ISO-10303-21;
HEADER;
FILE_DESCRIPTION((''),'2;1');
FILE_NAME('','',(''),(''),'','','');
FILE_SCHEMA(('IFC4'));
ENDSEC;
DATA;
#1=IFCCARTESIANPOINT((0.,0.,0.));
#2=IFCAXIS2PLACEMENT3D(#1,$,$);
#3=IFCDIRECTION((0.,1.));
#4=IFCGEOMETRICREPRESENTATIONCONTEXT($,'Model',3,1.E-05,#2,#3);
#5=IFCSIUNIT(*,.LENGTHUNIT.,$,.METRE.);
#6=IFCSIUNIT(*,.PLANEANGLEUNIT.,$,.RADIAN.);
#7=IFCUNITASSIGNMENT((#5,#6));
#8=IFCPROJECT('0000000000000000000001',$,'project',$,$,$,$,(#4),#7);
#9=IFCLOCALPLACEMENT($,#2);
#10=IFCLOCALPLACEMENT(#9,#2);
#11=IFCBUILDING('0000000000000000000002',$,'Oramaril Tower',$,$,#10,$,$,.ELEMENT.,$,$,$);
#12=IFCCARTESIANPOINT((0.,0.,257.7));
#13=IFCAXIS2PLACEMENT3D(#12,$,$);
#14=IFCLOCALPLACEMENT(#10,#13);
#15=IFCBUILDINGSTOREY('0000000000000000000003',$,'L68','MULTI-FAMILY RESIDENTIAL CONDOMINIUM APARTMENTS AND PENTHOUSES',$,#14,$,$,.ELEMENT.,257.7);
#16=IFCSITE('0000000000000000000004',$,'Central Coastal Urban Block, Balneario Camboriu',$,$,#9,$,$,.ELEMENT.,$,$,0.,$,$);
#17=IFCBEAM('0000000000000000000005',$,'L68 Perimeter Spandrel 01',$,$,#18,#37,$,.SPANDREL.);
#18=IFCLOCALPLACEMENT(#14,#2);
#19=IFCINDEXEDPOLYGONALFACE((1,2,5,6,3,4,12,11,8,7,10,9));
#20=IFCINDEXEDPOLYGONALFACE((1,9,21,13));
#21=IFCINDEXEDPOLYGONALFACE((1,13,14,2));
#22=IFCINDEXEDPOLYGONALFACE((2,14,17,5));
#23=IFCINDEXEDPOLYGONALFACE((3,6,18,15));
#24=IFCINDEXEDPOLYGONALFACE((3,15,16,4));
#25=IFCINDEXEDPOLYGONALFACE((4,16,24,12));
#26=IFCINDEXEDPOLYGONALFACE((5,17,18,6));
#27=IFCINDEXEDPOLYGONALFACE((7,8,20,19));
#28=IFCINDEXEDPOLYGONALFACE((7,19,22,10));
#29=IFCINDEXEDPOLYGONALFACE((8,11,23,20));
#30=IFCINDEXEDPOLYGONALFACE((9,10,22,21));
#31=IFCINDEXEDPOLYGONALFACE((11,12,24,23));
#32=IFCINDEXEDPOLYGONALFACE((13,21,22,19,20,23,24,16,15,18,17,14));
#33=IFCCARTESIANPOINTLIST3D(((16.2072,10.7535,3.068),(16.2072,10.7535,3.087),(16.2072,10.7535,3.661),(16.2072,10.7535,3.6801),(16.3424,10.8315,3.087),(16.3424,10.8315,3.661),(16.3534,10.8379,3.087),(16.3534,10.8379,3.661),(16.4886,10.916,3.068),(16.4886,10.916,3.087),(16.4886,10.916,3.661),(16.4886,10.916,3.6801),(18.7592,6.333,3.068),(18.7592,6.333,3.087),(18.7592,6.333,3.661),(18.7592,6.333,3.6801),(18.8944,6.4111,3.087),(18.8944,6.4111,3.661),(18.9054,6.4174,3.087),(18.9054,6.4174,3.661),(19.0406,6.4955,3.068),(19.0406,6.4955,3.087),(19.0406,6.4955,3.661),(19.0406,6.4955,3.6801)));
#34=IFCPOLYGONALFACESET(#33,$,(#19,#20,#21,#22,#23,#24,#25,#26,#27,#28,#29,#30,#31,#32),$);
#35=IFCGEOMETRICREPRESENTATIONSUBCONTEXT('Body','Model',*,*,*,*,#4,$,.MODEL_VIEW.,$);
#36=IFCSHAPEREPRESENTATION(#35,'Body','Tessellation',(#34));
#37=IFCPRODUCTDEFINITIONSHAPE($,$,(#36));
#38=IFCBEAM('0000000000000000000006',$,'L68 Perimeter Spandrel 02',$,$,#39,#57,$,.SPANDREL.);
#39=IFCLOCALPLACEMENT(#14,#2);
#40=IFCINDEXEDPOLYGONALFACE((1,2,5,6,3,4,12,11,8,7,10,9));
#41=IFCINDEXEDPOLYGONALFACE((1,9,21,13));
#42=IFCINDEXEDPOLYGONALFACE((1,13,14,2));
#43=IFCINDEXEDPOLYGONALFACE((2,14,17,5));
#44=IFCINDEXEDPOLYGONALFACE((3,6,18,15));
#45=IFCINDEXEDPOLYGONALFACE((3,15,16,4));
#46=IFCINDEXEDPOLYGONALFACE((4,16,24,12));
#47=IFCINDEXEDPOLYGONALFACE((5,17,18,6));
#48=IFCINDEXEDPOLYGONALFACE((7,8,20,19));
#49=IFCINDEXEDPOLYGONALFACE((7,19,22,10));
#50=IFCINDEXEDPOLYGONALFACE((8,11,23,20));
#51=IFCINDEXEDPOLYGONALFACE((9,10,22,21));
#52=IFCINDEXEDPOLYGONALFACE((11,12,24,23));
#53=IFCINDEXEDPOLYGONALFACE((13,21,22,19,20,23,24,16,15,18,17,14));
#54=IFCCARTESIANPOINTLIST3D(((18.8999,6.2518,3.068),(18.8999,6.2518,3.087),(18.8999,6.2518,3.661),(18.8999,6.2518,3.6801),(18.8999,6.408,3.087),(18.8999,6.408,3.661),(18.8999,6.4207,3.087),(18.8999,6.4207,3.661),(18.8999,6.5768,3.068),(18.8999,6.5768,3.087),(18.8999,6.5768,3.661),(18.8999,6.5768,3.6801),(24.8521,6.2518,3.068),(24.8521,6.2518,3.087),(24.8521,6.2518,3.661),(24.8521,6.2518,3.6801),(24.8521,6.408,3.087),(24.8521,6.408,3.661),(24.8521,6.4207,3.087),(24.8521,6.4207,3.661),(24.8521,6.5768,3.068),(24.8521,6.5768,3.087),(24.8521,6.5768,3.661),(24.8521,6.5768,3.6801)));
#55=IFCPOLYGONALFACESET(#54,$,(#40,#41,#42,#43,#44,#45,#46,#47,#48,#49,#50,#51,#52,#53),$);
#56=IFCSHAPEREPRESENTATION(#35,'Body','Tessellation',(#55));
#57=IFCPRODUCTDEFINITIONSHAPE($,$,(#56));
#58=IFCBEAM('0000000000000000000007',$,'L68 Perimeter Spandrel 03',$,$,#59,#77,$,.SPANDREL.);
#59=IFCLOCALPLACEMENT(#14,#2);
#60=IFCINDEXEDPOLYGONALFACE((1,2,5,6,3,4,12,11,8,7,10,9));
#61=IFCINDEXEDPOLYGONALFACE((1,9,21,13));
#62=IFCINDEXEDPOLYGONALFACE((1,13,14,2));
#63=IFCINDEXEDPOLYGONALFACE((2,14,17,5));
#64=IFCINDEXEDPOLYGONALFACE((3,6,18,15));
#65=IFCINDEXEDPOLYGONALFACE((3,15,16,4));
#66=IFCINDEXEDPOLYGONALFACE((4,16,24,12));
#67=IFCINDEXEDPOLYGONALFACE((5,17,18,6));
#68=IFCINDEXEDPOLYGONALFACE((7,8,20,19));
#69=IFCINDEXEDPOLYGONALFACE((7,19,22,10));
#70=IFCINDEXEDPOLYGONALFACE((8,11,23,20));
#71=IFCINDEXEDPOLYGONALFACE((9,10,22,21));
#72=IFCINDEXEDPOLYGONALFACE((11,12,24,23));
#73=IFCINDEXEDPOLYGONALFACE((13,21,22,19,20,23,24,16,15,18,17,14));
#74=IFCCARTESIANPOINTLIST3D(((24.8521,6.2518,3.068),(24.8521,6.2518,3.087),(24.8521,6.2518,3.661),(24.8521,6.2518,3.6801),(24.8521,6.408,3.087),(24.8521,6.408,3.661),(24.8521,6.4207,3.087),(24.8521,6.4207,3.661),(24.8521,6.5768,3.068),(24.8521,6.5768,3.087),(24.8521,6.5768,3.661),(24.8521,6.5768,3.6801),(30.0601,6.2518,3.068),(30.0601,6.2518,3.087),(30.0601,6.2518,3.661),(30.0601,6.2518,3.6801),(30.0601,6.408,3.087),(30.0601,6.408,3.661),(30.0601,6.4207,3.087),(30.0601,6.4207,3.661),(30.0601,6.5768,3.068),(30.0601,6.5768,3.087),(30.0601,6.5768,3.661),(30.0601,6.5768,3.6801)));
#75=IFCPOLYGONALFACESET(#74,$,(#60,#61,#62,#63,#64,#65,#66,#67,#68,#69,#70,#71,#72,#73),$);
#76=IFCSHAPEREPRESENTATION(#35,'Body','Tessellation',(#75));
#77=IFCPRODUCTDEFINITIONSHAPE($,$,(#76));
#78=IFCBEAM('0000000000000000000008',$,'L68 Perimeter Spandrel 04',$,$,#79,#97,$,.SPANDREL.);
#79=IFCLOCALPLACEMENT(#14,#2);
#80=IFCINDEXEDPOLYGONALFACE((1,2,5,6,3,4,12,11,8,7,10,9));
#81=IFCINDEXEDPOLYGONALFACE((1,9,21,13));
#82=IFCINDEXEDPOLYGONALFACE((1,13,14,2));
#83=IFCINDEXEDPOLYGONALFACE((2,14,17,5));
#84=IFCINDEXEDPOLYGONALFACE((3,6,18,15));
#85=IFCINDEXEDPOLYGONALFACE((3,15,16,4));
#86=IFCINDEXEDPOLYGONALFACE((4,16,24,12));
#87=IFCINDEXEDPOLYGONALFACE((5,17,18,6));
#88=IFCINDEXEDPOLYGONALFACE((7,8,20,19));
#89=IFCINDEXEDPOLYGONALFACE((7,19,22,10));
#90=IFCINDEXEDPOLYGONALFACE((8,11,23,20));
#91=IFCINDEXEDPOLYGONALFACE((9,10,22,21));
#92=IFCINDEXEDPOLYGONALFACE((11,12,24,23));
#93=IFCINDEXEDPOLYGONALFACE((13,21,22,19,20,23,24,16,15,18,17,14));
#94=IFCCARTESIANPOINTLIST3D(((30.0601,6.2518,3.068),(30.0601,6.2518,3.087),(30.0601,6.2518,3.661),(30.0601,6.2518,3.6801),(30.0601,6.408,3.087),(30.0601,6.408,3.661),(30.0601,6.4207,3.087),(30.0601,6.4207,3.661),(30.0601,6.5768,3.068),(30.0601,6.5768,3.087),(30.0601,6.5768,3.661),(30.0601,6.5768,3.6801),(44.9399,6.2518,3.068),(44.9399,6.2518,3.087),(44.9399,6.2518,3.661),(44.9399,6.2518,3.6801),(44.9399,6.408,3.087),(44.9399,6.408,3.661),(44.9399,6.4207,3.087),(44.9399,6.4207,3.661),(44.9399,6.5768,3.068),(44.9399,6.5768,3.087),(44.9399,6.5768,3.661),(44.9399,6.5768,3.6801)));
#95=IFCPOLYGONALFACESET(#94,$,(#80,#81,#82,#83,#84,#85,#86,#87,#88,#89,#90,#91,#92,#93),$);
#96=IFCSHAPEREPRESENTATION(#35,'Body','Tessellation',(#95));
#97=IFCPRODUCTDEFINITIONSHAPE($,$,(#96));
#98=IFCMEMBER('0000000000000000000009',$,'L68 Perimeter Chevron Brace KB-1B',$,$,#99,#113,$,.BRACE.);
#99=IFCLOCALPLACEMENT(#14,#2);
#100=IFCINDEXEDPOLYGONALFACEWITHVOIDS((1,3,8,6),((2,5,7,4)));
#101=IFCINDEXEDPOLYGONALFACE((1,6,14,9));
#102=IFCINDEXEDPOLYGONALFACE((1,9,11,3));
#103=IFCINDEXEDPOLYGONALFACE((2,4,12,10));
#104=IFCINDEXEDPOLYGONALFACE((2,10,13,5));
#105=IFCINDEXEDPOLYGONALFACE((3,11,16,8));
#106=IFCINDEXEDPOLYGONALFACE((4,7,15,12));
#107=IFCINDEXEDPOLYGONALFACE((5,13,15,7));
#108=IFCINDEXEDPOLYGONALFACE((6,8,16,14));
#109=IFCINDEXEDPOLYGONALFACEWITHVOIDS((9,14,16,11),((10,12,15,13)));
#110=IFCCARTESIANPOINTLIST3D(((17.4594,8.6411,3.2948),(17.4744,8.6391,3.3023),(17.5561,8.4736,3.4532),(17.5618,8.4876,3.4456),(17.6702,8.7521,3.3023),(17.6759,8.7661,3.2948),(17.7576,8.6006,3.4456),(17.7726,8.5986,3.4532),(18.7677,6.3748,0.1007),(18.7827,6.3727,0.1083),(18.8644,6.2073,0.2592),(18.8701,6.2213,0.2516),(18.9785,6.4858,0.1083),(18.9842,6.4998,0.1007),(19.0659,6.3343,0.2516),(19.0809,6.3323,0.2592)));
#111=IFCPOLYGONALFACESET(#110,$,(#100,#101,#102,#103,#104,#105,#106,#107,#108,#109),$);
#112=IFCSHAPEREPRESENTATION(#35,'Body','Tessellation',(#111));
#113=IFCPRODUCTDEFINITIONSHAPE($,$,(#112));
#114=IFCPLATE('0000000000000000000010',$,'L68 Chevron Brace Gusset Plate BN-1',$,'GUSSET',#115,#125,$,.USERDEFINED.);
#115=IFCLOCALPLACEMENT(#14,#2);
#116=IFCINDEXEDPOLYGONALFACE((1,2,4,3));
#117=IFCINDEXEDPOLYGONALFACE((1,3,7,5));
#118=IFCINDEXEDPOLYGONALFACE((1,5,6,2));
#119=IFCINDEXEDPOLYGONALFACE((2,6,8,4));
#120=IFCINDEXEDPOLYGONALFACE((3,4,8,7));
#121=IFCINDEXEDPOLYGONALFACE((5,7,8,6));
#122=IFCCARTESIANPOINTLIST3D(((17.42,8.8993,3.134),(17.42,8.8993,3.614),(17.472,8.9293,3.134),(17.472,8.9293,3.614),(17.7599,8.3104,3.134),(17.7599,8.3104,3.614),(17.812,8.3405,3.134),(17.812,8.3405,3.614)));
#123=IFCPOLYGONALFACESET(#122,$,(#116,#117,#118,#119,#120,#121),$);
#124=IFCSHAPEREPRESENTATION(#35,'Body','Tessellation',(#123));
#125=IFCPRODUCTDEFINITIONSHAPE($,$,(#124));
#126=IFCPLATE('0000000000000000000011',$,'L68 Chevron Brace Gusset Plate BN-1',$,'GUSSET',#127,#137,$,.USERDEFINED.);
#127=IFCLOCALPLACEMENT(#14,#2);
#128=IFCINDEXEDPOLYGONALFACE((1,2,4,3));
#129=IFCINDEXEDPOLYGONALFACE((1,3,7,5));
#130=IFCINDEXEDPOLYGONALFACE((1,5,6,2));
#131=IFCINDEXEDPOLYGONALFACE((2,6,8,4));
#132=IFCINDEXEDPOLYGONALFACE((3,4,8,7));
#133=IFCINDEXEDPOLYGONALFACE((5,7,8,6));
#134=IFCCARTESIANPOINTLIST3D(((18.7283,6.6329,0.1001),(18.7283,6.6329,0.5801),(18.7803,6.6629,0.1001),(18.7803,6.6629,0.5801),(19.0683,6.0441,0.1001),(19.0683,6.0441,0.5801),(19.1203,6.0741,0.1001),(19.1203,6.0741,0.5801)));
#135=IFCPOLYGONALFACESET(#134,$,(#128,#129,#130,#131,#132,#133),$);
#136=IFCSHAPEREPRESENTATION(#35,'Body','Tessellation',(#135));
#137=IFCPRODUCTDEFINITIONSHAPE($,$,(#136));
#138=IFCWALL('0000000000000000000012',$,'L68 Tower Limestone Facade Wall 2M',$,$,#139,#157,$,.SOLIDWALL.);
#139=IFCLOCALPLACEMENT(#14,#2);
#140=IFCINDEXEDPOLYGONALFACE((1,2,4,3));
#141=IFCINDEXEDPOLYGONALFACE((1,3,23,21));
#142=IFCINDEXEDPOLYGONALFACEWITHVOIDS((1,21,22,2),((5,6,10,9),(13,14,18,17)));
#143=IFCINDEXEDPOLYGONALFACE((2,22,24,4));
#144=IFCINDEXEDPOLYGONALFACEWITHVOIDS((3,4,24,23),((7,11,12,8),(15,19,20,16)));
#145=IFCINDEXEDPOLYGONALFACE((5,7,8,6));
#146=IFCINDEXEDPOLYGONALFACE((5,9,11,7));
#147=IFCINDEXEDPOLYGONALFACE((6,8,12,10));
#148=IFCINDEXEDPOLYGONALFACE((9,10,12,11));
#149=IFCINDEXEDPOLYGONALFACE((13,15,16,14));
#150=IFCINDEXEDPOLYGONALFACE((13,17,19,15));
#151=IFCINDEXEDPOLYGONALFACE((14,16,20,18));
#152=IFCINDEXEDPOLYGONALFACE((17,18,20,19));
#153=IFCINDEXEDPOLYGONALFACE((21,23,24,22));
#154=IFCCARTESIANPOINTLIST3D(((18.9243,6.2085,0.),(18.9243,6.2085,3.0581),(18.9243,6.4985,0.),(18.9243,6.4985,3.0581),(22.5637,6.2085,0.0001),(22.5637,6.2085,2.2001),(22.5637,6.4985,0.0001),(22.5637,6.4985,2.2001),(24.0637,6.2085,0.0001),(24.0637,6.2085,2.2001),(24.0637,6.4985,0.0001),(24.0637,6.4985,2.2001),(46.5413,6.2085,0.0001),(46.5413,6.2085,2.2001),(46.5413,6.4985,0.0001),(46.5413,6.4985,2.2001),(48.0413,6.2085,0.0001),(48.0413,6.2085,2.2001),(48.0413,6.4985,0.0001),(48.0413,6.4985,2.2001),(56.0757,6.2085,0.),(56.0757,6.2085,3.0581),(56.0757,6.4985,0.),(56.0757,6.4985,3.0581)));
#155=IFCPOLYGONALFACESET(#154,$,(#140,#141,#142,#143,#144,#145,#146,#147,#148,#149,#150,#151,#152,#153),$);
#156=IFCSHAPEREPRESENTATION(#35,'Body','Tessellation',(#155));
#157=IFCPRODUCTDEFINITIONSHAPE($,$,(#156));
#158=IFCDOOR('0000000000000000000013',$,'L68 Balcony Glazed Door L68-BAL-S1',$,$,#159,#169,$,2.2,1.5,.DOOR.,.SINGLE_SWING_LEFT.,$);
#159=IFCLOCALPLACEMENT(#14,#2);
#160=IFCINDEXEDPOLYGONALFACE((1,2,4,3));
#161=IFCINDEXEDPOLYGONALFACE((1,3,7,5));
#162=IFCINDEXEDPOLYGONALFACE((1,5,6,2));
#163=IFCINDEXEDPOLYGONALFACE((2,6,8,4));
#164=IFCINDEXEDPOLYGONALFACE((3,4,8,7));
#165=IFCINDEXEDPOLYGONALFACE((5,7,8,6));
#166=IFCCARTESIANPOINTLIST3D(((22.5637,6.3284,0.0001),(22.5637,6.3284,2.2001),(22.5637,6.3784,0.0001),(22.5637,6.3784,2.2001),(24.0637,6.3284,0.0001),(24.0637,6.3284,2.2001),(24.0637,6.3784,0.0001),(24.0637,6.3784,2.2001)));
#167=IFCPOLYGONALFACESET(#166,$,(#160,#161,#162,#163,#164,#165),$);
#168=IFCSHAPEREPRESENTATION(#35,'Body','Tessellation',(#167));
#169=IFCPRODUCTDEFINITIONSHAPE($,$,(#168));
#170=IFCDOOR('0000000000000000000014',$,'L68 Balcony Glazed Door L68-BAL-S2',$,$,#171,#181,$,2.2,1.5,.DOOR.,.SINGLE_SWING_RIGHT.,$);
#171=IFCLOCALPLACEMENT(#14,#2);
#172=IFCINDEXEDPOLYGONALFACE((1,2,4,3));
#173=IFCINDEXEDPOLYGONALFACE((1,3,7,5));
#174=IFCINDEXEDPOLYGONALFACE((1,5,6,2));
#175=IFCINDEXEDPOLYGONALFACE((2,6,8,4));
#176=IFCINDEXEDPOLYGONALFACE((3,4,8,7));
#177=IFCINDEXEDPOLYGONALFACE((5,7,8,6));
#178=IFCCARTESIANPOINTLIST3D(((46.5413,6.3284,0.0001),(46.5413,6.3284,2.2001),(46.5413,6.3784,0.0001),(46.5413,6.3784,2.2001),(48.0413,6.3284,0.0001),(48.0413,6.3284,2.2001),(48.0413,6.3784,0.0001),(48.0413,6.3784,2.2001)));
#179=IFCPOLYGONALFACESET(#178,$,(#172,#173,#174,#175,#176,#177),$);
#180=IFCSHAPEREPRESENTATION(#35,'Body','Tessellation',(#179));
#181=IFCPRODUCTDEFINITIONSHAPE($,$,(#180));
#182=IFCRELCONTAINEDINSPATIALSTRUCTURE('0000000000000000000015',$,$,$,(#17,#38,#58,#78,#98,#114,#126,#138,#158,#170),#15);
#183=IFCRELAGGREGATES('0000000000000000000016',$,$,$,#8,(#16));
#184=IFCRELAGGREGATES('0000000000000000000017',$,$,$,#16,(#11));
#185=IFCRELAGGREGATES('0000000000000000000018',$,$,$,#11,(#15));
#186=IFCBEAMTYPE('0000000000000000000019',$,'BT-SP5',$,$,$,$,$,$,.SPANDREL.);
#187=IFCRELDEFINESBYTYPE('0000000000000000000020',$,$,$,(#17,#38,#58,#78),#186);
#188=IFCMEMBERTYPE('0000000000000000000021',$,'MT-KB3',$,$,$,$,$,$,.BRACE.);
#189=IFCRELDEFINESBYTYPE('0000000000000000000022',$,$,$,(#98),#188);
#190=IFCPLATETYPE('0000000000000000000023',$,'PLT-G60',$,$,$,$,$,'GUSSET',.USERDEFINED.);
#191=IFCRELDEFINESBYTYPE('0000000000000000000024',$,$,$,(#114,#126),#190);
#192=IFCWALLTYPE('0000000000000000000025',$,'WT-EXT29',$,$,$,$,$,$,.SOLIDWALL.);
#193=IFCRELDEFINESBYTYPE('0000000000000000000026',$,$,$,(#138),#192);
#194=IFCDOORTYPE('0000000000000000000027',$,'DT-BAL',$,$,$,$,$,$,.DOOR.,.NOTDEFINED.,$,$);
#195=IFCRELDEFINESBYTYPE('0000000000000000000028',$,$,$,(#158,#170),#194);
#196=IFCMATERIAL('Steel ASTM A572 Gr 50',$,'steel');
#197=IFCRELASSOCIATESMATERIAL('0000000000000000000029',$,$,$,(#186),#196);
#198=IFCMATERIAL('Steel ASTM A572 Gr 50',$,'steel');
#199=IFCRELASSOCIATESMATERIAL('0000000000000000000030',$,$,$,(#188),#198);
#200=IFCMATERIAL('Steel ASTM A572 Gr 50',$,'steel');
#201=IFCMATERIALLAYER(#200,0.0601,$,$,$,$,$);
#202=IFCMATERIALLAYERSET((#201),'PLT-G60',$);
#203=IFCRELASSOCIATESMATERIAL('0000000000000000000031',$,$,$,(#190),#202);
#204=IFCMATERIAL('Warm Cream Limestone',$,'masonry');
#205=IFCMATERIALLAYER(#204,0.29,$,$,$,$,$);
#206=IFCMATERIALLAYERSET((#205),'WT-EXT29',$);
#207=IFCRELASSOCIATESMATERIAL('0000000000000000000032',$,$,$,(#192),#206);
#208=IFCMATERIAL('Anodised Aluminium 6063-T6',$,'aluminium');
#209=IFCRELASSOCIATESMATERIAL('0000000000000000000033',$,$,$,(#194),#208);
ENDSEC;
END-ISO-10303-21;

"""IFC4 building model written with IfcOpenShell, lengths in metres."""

from ifc_helpers import new_model, si_unit, direction, frame, frame_2d, origin, origin_2d, place, context, subcontext, project, spatial, rectangle, hollow_rectangle, i_section, extrude, material, layer, layer_set, material_profile, profile_set, type_object, element, fill, save


model = new_model("IFC4")

# Units and contexts
model_context = context("Model", 3, precision=1e-05, world=origin(), true_north=direction((0.0, 1.0)))
body_context = subcontext(model_context, "Body", "Model", "MODEL_VIEW")
ifc_project = project(units=[si_unit("LENGTHUNIT", "METRE"), si_unit("PLANEANGLEUNIT", "RADIAN")], contexts=[model_context])

# Site, building, storey
site_placement = place(None, origin())
site = spatial("IfcSite", under=ifc_project, at=site_placement, Name="Central Coastal Urban Block, Balneario Camboriu", CompositionType="ELEMENT", RefElevation=0.0)
building_placement = place(site_placement, origin())
building = spatial("IfcBuilding", under=site, at=building_placement, Name="Oramaril Tower", CompositionType="ELEMENT")
storey_placement = place(building_placement, frame((0.0, 0.0, 257.7)))
storey = spatial("IfcBuildingStorey", under=building, at=storey_placement, Name="L68", Description="MULTI-FAMILY RESIDENTIAL CONDOMINIUM APARTMENTS AND PENTHOUSES", CompositionType="ELEMENT", Elevation=257.7)

# Beams
ifc_material_1 = material(Name="Steel ASTM A572 Gr 50", Category="steel")
ifc_material_profile_1 = material_profile(ifc_material_1, i_section(OverallWidth=0.325, OverallDepth=0.6121, WebThickness=0.0127, FlangeThickness=0.019, at=origin_2d()), Name="W24X104")
ifc_profile_set_1 = profile_set([ifc_material_profile_1], Name="Steel ASTM A572 Gr 50")
beam_type_1 = type_object("IfcBeamType", Name="BT-SP5", PredefinedType="SPANDREL", material=ifc_profile_set_1)
beam_1_placement = place(storey_placement, frame((16.3479, 10.8347, 3.374), z_axis=(0.499982, -0.866036, 0.0), x_axis=(0.866036, 0.499982, 0.0)))
element("IfcBeam", 1, at=beam_1_placement, inside=storey, type_object=beam_type_1, Name="L68 Perimeter Spandrel 01", PredefinedType="SPANDREL", context=body_context, shape_type="SweptSolid", body=[
    extrude(i_section(OverallWidth=0.325, OverallDepth=0.6121, WebThickness=0.0127, FlangeThickness=0.019, at=origin_2d()), origin(), (0.0, 0.0, 1.0), 5.1042),
])
beam_2_placement = place(storey_placement, frame((18.8999, 6.4143, 3.374), z_axis=(1.0, 0.0, 0.0), x_axis=(0.0, 1.0, 0.0)))
element("IfcBeam", 2, at=beam_2_placement, inside=storey, type_object=beam_type_1, Name="L68 Perimeter Spandrel 02", PredefinedType="SPANDREL", context=body_context, shape_type="SweptSolid", body=[
    extrude(i_section(OverallWidth=0.325, OverallDepth=0.6121, WebThickness=0.0127, FlangeThickness=0.019, at=origin_2d()), origin(), (0.0, 0.0, 1.0), 5.9521),
])
beam_3_placement = place(storey_placement, frame((24.8521, 6.4143, 3.374), z_axis=(1.0, 0.0, 0.0), x_axis=(0.0, 1.0, 0.0)))
element("IfcBeam", 3, at=beam_3_placement, inside=storey, type_object=beam_type_1, Name="L68 Perimeter Spandrel 03", PredefinedType="SPANDREL", context=body_context, shape_type="SweptSolid", body=[
    extrude(i_section(OverallWidth=0.325, OverallDepth=0.6121, WebThickness=0.0127, FlangeThickness=0.019, at=origin_2d()), origin(), (0.0, 0.0, 1.0), 5.208),
])
beam_4_placement = place(storey_placement, frame((30.0601, 6.4143, 3.374), z_axis=(1.0, 0.0, 0.0), x_axis=(0.0, 1.0, 0.0)))
element("IfcBeam", 4, at=beam_4_placement, inside=storey, type_object=beam_type_1, Name="L68 Perimeter Spandrel 04", PredefinedType="SPANDREL", context=body_context, shape_type="SweptSolid", body=[
    extrude(i_section(OverallWidth=0.325, OverallDepth=0.6121, WebThickness=0.0127, FlangeThickness=0.019, at=origin_2d()), origin(), (0.0, 0.0, 1.0), 14.8799),
])

# Member
ifc_material_2 = material(Name="Steel ASTM A572 Gr 50", Category="steel")
ifc_material_profile_2 = material_profile(ifc_material_2, hollow_rectangle(XDim=0.25, YDim=0.25, WallThickness=0.012, at=origin_2d()), Name="HSS250X250X12")
ifc_profile_set_2 = profile_set([ifc_material_profile_2], Name="Steel ASTM A572 Gr 50")
member_type = type_object("IfcMemberType", Name="MT-KB3", PredefinedType="BRACE", material=ifc_profile_set_2)
member_placement = place(storey_placement, frame((18.9243, 6.3535, 0.1799), z_axis=(-0.316852, 0.54886, 0.773536), x_axis=(-0.866047, -0.499962, 0.0)))
element("IfcMember", 5, at=member_placement, inside=storey, type_object=member_type, Name="L68 Perimeter Chevron Brace KB-1B", PredefinedType="BRACE", context=body_context, shape_type="SweptSolid", body=[
    extrude(hollow_rectangle(XDim=0.25, YDim=0.25, WallThickness=0.012, at=origin_2d()), origin(), (0.0, 0.0, 1.0), 4.1292),
])

# Plates
ifc_material_3 = material(Name="Steel ASTM A572 Gr 50", Category="steel")
ifc_layer_1 = layer(ifc_material_3, 0.0601)
ifc_layer_set_1 = layer_set([ifc_layer_1], Name="PLT-G60")
plate_type = type_object("IfcPlateType", Name="PLT-G60", ElementType="GUSSET", PredefinedType="USERDEFINED", material=ifc_layer_set_1)
for number, where, z_axis, x_axis, name in (
    (6, (17.616, 8.6199, 3.134), (0.0, 0.0, 1.0), (0.500009, -0.86602, 0.0), "L68 Chevron Brace Gusset Plate BN-1"),
    (7, (18.9243, 6.3535, 0.1001), (0.0, 0.0, 1.0), (0.500009, -0.86602, 0.0), "L68 Chevron Brace Gusset Plate BN-1"),
):
    element("IfcPlate", number, at=place(storey_placement, frame(where, z_axis=z_axis, x_axis=x_axis)), inside=storey, type_object=plate_type, Name=name, ObjectType="GUSSET", PredefinedType="USERDEFINED", context=body_context, shape_type="SweptSolid", body=[
        extrude(rectangle(XDim=0.6799, YDim=0.0601, at=origin_2d()), origin(), (0.0, 0.0, 1.0), 0.48),
    ])

# Wall, openings, doors
ifc_material_4 = material(Name="Warm Cream Limestone", Category="masonry")
ifc_layer_2 = layer(ifc_material_4, 0.29)
ifc_layer_set_2 = layer_set([ifc_layer_2], Name="WT-EXT29")
wall_type_1 = type_object("IfcWallType", Name="WT-EXT29", PredefinedType="SOLIDWALL", material=ifc_layer_set_2)
wall_1_placement = place(storey_placement, frame((18.9243, 6.3535, 0.0), z_axis=(0.0, 0.0, 1.0), x_axis=(1.0, 0.0, 0.0)))
wall_1 = element("IfcWall", 8, at=wall_1_placement, inside=storey, type_object=wall_type_1, Name="L68 Tower Limestone Facade Wall 2M", PredefinedType="SOLIDWALL", context=body_context, shape_type="SweptSolid", body=[
    extrude(rectangle(XDim=37.1514, YDim=0.29, at=frame_2d((18.5757, 0.0))), origin(), (0.0, 0.0, 1.0), 3.0581),
])
opening_1_placement = place(wall_1_placement, frame((3.6394, 0.0, 0.0)))
opening_1 = element("IfcOpeningElement", 9, at=opening_1_placement, cuts=wall_1, PredefinedType="OPENING", context=body_context, shape_type="SweptSolid", body=[
    extrude(rectangle(XDim=1.5, YDim=2.2, at=frame_2d((0.75, 1.1001))), frame((0.0, 0.145, 0.0), z_axis=(0.0, -1.0, 0.0), x_axis=(1.0, 0.0, 0.0)), (0.0, 0.0, 1.0), 0.29),
])
opening_2_placement = place(wall_1_placement, frame((27.6169, 0.0, 0.0)))
opening_2 = element("IfcOpeningElement", 10, at=opening_2_placement, cuts=wall_1, PredefinedType="OPENING", context=body_context, shape_type="SweptSolid", body=[
    extrude(rectangle(XDim=1.5, YDim=2.2, at=frame_2d((0.75, 1.1001))), frame((0.0, 0.145, 0.0), z_axis=(0.0, -1.0, 0.0), x_axis=(1.0, 0.0, 0.0)), (0.0, 0.0, 1.0), 0.29),
])
ifc_material_5 = material(Name="Anodised Aluminium 6063-T6", Category="aluminium")
door_type = type_object("IfcDoorType", Name="DT-BAL", OperationType="NOTDEFINED", PredefinedType="DOOR", material=ifc_material_5)
door_1_placement = place(opening_1_placement, origin())
door_1 = element("IfcDoor", 11, at=door_1_placement, inside=storey, type_object=door_type, Name="L68 Balcony Glazed Door L68-BAL-S1", OperationType="SINGLE_SWING_LEFT", OverallHeight=2.2, OverallWidth=1.5, PredefinedType="DOOR", context=body_context, shape_type="SweptSolid", body=[
    extrude(rectangle(XDim=1.5, YDim=2.2, at=frame_2d((0.75, 1.1001))), frame((0.0, 0.0249, 0.0), z_axis=(0.0, -1.0, 0.0), x_axis=(1.0, 0.0, 0.0)), (0.0, 0.0, 1.0), 0.05),
])
fill(opening_1, door_1)
door_2_placement = place(opening_2_placement, origin())
door_2 = element("IfcDoor", 12, at=door_2_placement, inside=storey, type_object=door_type, Name="L68 Balcony Glazed Door L68-BAL-S2", OperationType="SINGLE_SWING_RIGHT", OverallHeight=2.2, OverallWidth=1.5, PredefinedType="DOOR", context=body_context, shape_type="SweptSolid", body=[
    extrude(rectangle(XDim=1.5, YDim=2.2, at=frame_2d((0.75, 1.1001))), frame((0.0, 0.0249, 0.0), z_axis=(0.0, -1.0, 0.0), x_axis=(1.0, 0.0, 0.0)), (0.0, 0.0, 1.0), 0.05),
])
fill(opening_2, door_2)

save(model, "model.ifc")
